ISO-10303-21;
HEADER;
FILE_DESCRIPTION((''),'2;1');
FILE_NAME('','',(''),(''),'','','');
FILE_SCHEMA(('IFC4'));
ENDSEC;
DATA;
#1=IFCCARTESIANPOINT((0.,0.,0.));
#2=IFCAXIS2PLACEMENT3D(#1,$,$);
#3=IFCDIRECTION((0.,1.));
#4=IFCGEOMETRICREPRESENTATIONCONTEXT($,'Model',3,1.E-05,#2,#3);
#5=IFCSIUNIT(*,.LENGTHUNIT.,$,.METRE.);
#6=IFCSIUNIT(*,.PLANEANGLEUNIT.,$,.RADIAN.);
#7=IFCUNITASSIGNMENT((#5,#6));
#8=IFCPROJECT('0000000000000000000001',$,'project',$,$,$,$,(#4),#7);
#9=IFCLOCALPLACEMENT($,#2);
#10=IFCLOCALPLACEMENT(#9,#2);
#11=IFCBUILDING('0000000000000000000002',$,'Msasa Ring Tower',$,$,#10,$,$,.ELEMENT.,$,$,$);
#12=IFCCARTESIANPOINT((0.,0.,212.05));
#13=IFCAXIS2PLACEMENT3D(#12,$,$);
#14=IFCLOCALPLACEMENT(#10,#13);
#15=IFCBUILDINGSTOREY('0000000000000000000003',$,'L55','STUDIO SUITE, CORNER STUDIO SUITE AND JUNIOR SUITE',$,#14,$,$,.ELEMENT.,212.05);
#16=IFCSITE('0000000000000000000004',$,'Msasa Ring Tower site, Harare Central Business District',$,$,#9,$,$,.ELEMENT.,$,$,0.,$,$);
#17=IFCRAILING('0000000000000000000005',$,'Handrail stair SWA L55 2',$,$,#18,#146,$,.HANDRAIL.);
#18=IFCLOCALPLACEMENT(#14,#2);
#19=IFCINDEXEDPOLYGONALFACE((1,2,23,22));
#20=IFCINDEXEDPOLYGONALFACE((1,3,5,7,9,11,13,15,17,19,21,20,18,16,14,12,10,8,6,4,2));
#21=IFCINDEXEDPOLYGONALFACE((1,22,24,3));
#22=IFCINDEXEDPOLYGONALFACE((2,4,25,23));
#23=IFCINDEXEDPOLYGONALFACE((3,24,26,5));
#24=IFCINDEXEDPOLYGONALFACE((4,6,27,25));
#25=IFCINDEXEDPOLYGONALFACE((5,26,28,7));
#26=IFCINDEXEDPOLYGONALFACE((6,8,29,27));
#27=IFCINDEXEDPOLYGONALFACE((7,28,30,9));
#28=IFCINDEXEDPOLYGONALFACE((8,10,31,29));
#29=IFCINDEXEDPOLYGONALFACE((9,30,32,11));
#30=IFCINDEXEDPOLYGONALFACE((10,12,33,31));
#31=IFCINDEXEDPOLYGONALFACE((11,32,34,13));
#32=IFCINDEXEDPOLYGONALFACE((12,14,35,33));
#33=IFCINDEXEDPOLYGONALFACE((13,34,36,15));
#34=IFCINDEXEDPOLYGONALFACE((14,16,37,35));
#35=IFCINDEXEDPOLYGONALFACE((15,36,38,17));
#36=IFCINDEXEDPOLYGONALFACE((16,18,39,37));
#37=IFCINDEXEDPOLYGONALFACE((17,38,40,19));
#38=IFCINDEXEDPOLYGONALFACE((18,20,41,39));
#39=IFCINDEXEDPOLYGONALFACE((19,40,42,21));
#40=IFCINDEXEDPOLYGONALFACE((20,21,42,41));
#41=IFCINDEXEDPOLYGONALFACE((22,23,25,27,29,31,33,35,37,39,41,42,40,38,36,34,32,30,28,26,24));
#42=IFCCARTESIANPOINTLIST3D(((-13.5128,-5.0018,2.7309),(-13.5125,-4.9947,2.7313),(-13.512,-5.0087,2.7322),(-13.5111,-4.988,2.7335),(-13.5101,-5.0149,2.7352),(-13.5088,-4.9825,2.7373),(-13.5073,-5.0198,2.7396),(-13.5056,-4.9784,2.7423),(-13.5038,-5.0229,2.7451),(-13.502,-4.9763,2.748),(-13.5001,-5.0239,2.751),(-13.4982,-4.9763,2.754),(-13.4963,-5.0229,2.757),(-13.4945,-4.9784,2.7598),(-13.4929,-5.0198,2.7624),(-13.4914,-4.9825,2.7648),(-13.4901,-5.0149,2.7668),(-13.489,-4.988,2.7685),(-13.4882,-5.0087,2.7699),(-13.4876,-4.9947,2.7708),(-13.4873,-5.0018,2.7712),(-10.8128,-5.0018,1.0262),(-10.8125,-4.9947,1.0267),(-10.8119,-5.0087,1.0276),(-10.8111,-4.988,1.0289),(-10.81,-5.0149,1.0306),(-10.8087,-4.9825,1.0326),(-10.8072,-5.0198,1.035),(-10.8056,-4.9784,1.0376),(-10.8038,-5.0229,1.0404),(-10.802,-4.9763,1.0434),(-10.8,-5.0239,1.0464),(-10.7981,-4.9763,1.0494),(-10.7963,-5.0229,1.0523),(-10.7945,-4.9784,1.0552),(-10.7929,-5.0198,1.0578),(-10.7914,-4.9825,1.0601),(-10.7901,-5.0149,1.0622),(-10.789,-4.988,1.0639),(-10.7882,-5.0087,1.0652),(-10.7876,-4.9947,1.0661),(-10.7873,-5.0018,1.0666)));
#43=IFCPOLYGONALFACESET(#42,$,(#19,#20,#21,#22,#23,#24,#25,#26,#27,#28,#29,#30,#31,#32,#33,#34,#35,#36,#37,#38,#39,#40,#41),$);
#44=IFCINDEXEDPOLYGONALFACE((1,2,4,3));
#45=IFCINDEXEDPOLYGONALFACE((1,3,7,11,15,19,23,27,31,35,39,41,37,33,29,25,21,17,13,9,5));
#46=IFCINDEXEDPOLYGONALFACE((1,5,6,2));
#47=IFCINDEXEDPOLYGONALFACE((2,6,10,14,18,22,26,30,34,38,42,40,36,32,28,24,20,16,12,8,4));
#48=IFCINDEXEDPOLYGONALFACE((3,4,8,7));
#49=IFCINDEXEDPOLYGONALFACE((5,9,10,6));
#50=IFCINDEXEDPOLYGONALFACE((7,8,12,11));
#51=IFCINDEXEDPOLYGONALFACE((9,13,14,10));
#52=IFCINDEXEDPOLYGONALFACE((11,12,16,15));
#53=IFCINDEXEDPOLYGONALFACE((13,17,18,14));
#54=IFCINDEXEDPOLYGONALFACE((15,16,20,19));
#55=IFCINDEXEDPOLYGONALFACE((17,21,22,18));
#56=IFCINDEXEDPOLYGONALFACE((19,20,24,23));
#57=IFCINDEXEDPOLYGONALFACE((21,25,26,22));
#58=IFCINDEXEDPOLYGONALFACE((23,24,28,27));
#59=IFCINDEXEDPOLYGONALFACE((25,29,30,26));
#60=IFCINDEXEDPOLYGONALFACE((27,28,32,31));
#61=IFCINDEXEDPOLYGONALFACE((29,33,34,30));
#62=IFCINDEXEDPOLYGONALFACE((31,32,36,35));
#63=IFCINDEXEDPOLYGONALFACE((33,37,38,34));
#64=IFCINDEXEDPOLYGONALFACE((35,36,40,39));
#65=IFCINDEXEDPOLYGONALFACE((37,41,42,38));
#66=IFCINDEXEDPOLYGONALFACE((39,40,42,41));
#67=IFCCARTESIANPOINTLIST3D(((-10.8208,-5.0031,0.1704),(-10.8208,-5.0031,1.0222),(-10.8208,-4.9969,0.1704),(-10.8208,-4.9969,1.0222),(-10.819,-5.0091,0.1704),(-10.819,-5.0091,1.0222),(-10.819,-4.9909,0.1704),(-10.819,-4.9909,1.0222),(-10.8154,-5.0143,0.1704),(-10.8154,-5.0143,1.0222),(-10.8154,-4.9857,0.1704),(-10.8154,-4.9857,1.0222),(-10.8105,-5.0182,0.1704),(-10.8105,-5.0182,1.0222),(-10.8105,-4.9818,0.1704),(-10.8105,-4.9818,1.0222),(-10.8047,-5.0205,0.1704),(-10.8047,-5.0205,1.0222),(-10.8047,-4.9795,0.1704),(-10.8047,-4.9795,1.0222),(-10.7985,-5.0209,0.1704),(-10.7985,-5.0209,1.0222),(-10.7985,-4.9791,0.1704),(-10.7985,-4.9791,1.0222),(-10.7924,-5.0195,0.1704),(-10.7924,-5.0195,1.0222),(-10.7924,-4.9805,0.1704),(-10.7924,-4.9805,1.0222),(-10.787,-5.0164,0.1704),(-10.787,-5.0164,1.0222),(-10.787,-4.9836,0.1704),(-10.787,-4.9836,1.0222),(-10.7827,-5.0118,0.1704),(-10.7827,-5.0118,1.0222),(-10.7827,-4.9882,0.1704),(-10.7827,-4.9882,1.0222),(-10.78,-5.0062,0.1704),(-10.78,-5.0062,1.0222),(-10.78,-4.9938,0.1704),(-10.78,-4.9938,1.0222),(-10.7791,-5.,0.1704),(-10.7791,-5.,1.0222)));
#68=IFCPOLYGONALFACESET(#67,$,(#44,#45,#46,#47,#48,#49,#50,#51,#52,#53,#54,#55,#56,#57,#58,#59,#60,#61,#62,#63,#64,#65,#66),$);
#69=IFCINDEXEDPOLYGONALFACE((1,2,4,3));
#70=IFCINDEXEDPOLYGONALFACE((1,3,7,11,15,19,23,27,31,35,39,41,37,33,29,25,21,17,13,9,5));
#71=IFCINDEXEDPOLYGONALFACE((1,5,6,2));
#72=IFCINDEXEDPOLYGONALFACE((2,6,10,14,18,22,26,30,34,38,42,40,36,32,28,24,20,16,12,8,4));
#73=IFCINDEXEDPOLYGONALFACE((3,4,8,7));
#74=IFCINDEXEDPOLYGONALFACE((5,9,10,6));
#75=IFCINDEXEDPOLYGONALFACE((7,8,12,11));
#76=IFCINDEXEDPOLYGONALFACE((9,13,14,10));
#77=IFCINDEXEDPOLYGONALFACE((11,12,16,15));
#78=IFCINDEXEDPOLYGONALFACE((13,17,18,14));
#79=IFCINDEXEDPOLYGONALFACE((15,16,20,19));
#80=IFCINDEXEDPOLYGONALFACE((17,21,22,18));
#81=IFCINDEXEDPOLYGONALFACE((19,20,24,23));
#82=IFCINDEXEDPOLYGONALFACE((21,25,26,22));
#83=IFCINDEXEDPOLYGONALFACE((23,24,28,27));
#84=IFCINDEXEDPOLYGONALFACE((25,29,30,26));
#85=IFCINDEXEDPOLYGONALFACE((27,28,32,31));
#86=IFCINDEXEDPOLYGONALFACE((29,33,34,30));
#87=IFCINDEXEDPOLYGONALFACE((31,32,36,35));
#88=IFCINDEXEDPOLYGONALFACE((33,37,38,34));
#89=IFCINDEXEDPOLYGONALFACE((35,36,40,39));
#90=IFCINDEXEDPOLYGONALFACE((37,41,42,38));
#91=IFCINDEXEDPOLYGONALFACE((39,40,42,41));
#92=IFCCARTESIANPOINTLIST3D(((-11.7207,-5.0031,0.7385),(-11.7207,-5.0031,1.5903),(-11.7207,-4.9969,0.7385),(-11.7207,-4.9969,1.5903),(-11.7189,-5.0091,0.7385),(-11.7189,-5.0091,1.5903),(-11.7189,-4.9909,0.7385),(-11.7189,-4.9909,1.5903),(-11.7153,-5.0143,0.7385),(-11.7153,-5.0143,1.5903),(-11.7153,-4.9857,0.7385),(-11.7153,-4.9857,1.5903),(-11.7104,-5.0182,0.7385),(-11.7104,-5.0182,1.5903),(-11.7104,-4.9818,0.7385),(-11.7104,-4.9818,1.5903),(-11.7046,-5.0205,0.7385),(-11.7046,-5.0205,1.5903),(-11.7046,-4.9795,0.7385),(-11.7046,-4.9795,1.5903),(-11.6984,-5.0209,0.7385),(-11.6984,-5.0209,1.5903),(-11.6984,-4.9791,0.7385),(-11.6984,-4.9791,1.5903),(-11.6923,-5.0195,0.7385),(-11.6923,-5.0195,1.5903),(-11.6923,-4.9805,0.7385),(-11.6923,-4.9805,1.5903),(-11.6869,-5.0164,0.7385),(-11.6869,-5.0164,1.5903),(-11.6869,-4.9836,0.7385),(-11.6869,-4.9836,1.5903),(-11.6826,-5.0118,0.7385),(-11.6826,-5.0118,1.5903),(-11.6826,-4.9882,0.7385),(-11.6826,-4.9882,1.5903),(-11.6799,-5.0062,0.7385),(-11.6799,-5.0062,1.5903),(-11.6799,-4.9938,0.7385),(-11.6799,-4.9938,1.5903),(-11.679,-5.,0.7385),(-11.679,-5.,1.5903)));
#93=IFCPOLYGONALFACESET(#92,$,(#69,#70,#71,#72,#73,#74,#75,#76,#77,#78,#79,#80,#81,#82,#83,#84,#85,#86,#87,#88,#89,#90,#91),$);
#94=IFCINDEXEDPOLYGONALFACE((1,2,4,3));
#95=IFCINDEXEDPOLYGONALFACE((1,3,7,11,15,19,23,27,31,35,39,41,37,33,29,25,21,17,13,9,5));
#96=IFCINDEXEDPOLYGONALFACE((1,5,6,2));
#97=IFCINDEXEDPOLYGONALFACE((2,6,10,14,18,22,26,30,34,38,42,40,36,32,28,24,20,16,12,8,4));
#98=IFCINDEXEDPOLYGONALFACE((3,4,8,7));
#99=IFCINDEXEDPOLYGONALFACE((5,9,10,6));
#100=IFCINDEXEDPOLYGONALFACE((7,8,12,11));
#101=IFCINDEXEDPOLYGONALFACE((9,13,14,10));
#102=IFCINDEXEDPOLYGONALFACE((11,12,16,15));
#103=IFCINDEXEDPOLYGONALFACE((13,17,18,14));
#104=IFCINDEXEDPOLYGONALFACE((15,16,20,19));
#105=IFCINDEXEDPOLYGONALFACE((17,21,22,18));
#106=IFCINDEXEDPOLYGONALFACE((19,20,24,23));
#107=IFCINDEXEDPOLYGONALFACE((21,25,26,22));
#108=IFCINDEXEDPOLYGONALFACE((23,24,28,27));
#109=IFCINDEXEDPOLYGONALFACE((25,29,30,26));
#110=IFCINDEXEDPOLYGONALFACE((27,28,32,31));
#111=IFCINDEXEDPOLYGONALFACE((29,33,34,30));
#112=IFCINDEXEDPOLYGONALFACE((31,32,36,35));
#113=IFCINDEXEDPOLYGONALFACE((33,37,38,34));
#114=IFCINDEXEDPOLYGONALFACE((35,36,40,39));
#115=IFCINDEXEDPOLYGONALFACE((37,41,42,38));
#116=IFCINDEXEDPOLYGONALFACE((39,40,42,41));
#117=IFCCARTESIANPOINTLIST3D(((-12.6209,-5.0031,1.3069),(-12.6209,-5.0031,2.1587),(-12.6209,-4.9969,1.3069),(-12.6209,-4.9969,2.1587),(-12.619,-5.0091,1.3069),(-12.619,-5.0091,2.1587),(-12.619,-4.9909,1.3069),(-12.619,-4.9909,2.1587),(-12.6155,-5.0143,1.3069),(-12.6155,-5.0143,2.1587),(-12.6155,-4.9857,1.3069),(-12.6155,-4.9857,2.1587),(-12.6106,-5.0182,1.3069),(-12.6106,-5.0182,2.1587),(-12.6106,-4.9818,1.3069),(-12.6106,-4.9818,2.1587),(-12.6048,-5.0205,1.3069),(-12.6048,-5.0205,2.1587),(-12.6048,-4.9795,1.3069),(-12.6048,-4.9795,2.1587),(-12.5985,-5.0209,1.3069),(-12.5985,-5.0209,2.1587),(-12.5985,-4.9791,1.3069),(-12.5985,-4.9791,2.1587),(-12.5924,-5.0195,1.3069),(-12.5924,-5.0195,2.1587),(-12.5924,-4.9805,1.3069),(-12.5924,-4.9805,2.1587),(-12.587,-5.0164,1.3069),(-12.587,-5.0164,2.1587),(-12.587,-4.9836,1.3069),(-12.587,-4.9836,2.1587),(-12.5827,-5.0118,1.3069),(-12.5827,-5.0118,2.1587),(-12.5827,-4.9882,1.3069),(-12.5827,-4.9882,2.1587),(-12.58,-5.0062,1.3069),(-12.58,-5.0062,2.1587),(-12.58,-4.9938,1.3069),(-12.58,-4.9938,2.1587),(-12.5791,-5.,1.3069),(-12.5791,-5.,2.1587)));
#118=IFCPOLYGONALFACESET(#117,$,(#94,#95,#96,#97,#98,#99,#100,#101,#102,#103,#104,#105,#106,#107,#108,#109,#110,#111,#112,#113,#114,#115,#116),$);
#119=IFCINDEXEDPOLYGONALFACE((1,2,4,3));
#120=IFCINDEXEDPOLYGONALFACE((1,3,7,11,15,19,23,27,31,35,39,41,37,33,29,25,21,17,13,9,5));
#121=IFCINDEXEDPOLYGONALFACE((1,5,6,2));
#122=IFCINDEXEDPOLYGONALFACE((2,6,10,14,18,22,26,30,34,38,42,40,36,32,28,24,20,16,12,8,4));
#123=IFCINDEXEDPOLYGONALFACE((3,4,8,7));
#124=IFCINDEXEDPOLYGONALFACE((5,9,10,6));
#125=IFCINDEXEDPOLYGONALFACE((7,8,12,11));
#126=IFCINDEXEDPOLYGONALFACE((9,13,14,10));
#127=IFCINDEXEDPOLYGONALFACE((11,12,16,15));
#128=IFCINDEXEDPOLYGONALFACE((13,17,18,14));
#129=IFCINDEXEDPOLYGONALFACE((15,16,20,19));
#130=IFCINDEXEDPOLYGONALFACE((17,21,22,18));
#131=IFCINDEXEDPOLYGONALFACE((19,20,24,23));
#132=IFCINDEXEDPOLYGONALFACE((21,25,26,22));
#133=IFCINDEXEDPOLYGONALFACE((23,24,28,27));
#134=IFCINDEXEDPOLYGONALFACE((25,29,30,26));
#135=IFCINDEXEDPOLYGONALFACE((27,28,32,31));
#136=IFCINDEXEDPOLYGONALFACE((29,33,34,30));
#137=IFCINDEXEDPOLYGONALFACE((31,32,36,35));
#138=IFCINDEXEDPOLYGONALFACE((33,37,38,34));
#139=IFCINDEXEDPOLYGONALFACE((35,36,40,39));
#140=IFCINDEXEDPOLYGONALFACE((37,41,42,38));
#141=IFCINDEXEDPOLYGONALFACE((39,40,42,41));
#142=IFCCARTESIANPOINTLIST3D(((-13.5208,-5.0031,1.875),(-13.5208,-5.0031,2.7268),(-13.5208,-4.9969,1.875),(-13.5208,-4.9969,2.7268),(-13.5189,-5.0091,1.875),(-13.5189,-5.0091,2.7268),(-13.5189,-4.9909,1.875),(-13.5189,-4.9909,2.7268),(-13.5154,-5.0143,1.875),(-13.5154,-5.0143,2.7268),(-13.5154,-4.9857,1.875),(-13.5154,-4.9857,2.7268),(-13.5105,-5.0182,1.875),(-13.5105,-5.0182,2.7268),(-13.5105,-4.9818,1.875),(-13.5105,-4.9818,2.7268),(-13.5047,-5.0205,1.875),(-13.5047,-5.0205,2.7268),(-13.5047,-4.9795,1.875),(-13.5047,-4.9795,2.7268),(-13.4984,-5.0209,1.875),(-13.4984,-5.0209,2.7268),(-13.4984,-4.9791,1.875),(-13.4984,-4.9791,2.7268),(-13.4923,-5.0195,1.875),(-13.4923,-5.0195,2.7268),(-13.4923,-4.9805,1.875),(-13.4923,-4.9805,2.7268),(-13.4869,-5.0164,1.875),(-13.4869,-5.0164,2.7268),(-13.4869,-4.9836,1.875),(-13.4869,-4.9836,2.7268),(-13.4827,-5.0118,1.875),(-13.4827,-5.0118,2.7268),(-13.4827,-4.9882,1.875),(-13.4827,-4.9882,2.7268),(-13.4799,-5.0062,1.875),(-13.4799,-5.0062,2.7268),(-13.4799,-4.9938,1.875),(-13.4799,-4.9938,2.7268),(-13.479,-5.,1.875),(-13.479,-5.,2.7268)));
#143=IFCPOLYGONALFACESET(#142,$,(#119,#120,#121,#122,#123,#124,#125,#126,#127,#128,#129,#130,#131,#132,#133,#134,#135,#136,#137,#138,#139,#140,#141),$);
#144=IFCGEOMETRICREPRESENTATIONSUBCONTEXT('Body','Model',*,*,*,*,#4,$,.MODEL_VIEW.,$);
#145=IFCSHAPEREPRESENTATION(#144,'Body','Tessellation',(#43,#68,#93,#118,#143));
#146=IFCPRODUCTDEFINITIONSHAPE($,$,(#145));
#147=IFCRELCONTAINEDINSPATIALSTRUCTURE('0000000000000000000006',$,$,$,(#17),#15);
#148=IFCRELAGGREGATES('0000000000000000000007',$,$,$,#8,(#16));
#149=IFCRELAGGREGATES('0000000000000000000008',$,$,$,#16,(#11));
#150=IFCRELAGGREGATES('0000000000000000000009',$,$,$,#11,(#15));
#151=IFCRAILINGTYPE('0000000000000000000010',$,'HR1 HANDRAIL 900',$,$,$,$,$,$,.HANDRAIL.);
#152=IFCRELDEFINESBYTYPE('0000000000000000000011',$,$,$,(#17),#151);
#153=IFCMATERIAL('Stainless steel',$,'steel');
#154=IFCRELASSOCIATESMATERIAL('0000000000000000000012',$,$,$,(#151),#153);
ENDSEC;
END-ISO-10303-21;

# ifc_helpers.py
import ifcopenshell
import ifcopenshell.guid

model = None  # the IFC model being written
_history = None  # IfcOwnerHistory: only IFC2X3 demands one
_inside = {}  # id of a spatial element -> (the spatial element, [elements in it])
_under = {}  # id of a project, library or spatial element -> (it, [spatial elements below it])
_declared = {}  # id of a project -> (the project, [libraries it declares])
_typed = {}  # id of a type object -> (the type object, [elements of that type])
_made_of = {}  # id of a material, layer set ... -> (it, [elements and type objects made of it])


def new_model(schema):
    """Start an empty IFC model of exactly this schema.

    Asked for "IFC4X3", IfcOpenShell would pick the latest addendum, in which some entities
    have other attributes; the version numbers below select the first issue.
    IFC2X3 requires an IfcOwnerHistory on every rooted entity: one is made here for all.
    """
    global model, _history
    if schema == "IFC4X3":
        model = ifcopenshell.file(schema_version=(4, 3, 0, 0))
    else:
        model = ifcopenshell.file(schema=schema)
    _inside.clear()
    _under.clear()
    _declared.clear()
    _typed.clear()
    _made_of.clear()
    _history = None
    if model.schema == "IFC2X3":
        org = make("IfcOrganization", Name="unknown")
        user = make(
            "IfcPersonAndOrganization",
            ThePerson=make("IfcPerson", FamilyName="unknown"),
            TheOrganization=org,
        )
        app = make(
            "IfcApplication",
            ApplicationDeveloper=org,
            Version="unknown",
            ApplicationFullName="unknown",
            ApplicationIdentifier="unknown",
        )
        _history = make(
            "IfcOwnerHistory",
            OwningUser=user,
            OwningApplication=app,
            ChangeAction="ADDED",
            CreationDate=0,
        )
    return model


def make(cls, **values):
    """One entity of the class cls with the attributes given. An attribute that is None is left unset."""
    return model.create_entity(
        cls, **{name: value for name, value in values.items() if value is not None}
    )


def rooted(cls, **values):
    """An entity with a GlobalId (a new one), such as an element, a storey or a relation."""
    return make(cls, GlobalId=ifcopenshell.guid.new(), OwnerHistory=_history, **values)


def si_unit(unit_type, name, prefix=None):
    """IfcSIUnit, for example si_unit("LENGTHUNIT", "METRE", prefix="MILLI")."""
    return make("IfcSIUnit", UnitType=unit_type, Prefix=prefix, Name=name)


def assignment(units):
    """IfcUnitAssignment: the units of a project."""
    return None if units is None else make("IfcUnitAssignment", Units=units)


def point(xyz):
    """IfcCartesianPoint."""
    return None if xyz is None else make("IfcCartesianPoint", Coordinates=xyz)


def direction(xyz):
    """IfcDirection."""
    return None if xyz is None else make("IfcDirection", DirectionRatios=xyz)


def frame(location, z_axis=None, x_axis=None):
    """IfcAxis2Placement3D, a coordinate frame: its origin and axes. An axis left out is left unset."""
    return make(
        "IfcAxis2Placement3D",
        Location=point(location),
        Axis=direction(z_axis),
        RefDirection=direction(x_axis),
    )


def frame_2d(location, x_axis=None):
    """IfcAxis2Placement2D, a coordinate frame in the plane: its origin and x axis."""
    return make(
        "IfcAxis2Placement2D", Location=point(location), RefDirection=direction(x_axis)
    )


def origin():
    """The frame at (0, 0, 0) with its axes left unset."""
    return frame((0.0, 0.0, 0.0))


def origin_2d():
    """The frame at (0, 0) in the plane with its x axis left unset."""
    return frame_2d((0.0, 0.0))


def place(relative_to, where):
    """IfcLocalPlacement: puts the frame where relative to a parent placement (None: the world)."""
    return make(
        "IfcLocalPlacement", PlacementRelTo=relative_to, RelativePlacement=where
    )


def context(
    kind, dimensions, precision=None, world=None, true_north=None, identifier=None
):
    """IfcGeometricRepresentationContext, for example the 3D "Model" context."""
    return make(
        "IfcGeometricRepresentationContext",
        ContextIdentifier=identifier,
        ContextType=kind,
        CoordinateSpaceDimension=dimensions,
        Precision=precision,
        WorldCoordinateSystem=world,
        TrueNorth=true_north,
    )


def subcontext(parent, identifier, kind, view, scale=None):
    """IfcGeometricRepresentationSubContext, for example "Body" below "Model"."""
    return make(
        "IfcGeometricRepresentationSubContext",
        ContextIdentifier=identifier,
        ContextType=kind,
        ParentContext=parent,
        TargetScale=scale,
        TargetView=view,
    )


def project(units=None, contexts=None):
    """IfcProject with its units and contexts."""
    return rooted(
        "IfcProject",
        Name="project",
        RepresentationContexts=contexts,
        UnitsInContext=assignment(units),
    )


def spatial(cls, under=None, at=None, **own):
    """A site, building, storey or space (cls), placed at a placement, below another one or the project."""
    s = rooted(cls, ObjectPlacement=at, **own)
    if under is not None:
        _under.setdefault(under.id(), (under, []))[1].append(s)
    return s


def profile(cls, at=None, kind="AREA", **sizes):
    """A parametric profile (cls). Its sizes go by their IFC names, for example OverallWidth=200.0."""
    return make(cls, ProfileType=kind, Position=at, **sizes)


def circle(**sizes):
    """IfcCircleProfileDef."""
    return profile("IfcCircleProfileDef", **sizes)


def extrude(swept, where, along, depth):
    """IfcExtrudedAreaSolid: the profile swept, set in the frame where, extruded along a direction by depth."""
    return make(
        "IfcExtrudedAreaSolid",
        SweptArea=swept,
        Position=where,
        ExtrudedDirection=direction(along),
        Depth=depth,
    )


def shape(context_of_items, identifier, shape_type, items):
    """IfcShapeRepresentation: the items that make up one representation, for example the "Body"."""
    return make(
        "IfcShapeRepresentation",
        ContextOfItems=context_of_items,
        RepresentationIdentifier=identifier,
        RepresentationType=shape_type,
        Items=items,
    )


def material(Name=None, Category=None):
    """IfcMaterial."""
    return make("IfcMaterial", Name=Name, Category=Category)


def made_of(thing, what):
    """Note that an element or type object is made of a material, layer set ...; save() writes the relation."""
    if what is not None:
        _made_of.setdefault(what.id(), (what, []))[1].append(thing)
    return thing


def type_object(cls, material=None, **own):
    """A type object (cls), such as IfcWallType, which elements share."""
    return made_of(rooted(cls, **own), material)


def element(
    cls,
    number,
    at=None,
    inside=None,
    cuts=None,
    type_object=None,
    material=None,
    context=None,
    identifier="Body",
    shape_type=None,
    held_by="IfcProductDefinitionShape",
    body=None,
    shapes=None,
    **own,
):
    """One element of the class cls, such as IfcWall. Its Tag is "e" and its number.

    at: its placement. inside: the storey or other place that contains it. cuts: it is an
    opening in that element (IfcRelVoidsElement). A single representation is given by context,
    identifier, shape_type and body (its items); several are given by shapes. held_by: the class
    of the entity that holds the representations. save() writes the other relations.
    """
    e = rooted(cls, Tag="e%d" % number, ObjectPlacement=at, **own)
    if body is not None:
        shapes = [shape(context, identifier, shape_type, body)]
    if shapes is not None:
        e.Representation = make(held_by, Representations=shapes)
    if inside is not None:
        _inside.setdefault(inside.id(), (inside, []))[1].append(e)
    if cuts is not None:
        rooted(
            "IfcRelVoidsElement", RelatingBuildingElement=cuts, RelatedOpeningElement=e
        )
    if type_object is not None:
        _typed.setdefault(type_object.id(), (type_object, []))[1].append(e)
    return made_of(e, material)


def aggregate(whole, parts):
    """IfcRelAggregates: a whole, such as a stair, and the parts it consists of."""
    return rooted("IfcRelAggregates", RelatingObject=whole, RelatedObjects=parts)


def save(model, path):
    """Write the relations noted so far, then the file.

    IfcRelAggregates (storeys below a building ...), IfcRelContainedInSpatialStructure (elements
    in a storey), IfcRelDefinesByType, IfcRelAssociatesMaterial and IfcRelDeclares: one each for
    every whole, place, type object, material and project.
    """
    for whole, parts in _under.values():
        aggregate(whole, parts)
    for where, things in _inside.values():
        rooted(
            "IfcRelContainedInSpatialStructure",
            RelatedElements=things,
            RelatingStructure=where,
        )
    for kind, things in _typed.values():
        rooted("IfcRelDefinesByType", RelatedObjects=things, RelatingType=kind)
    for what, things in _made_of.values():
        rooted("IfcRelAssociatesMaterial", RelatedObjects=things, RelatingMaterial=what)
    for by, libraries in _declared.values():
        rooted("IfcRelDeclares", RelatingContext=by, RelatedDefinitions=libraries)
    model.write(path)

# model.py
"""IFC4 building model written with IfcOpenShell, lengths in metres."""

from ifc_helpers import new_model, si_unit, direction, frame, origin, origin_2d, place, context, subcontext, project, spatial, circle, extrude, material, type_object, element, save


model = new_model("IFC4")

# Units and contexts
model_context = context("Model", 3, precision=1e-05, world=origin(), true_north=direction((0.0, 1.0)))
body_context = subcontext(model_context, "Body", "Model", "MODEL_VIEW")
ifc_project = project(units=[si_unit("LENGTHUNIT", "METRE"), si_unit("PLANEANGLEUNIT", "RADIAN")], contexts=[model_context])

# Site, building, storey
site_placement = place(None, origin())
site = spatial("IfcSite", under=ifc_project, at=site_placement, Name="Msasa Ring Tower site, Harare Central Business District", CompositionType="ELEMENT", RefElevation=0.0)
building_placement = place(site_placement, origin())
building = spatial("IfcBuilding", under=site, at=building_placement, Name="Msasa Ring Tower", CompositionType="ELEMENT")
storey_placement = place(building_placement, frame((0.0, 0.0, 212.05)))
storey = spatial("IfcBuildingStorey", under=building, at=storey_placement, Name="L55", Description="STUDIO SUITE, CORNER STUDIO SUITE AND JUNIOR SUITE", CompositionType="ELEMENT", Elevation=212.05)

# Railing
ifc_material_1 = material(Name="Stainless steel", Category="steel")
railing_type = type_object("IfcRailingType", Name="HR1 HANDRAIL 900", PredefinedType="HANDRAIL", material=ifc_material_1)
for number, where, name in (
    (1, (-10.8, -5.0, 0.1704), "Handrail stair SWA L55 2"),
):
    element("IfcRailing", number, at=place(storey_placement, frame(where)), inside=storey, type_object=railing_type, Name=name, PredefinedType="HANDRAIL", context=body_context, shape_type="SweptSolid", body=[
        extrude(circle(Radius=0.0239, at=origin_2d()), frame((0.0, 0.0, 0.876), z_axis=(-0.84558, 0.0, 0.533849), x_axis=(0.0, -1.0, 0.0)), (0.0, 0.0, 1.0), 3.1931),
        extrude(circle(Radius=0.021, at=origin_2d()), origin(), (0.0, 0.0, 1.0), 0.8518),
        extrude(circle(Radius=0.021, at=origin_2d()), frame((-0.8999, 0.0, 0.5681)), (0.0, 0.0, 1.0), 0.8518),
        extrude(circle(Radius=0.021, at=origin_2d()), frame((-1.8, 0.0, 1.1365)), (0.0, 0.0, 1.0), 0.8518),
        extrude(circle(Radius=0.021, at=origin_2d()), frame((-2.7, 0.0, 1.7046)), (0.0, 0.0, 1.0), 0.8518),
    ])

save(model, "model.ifc")
